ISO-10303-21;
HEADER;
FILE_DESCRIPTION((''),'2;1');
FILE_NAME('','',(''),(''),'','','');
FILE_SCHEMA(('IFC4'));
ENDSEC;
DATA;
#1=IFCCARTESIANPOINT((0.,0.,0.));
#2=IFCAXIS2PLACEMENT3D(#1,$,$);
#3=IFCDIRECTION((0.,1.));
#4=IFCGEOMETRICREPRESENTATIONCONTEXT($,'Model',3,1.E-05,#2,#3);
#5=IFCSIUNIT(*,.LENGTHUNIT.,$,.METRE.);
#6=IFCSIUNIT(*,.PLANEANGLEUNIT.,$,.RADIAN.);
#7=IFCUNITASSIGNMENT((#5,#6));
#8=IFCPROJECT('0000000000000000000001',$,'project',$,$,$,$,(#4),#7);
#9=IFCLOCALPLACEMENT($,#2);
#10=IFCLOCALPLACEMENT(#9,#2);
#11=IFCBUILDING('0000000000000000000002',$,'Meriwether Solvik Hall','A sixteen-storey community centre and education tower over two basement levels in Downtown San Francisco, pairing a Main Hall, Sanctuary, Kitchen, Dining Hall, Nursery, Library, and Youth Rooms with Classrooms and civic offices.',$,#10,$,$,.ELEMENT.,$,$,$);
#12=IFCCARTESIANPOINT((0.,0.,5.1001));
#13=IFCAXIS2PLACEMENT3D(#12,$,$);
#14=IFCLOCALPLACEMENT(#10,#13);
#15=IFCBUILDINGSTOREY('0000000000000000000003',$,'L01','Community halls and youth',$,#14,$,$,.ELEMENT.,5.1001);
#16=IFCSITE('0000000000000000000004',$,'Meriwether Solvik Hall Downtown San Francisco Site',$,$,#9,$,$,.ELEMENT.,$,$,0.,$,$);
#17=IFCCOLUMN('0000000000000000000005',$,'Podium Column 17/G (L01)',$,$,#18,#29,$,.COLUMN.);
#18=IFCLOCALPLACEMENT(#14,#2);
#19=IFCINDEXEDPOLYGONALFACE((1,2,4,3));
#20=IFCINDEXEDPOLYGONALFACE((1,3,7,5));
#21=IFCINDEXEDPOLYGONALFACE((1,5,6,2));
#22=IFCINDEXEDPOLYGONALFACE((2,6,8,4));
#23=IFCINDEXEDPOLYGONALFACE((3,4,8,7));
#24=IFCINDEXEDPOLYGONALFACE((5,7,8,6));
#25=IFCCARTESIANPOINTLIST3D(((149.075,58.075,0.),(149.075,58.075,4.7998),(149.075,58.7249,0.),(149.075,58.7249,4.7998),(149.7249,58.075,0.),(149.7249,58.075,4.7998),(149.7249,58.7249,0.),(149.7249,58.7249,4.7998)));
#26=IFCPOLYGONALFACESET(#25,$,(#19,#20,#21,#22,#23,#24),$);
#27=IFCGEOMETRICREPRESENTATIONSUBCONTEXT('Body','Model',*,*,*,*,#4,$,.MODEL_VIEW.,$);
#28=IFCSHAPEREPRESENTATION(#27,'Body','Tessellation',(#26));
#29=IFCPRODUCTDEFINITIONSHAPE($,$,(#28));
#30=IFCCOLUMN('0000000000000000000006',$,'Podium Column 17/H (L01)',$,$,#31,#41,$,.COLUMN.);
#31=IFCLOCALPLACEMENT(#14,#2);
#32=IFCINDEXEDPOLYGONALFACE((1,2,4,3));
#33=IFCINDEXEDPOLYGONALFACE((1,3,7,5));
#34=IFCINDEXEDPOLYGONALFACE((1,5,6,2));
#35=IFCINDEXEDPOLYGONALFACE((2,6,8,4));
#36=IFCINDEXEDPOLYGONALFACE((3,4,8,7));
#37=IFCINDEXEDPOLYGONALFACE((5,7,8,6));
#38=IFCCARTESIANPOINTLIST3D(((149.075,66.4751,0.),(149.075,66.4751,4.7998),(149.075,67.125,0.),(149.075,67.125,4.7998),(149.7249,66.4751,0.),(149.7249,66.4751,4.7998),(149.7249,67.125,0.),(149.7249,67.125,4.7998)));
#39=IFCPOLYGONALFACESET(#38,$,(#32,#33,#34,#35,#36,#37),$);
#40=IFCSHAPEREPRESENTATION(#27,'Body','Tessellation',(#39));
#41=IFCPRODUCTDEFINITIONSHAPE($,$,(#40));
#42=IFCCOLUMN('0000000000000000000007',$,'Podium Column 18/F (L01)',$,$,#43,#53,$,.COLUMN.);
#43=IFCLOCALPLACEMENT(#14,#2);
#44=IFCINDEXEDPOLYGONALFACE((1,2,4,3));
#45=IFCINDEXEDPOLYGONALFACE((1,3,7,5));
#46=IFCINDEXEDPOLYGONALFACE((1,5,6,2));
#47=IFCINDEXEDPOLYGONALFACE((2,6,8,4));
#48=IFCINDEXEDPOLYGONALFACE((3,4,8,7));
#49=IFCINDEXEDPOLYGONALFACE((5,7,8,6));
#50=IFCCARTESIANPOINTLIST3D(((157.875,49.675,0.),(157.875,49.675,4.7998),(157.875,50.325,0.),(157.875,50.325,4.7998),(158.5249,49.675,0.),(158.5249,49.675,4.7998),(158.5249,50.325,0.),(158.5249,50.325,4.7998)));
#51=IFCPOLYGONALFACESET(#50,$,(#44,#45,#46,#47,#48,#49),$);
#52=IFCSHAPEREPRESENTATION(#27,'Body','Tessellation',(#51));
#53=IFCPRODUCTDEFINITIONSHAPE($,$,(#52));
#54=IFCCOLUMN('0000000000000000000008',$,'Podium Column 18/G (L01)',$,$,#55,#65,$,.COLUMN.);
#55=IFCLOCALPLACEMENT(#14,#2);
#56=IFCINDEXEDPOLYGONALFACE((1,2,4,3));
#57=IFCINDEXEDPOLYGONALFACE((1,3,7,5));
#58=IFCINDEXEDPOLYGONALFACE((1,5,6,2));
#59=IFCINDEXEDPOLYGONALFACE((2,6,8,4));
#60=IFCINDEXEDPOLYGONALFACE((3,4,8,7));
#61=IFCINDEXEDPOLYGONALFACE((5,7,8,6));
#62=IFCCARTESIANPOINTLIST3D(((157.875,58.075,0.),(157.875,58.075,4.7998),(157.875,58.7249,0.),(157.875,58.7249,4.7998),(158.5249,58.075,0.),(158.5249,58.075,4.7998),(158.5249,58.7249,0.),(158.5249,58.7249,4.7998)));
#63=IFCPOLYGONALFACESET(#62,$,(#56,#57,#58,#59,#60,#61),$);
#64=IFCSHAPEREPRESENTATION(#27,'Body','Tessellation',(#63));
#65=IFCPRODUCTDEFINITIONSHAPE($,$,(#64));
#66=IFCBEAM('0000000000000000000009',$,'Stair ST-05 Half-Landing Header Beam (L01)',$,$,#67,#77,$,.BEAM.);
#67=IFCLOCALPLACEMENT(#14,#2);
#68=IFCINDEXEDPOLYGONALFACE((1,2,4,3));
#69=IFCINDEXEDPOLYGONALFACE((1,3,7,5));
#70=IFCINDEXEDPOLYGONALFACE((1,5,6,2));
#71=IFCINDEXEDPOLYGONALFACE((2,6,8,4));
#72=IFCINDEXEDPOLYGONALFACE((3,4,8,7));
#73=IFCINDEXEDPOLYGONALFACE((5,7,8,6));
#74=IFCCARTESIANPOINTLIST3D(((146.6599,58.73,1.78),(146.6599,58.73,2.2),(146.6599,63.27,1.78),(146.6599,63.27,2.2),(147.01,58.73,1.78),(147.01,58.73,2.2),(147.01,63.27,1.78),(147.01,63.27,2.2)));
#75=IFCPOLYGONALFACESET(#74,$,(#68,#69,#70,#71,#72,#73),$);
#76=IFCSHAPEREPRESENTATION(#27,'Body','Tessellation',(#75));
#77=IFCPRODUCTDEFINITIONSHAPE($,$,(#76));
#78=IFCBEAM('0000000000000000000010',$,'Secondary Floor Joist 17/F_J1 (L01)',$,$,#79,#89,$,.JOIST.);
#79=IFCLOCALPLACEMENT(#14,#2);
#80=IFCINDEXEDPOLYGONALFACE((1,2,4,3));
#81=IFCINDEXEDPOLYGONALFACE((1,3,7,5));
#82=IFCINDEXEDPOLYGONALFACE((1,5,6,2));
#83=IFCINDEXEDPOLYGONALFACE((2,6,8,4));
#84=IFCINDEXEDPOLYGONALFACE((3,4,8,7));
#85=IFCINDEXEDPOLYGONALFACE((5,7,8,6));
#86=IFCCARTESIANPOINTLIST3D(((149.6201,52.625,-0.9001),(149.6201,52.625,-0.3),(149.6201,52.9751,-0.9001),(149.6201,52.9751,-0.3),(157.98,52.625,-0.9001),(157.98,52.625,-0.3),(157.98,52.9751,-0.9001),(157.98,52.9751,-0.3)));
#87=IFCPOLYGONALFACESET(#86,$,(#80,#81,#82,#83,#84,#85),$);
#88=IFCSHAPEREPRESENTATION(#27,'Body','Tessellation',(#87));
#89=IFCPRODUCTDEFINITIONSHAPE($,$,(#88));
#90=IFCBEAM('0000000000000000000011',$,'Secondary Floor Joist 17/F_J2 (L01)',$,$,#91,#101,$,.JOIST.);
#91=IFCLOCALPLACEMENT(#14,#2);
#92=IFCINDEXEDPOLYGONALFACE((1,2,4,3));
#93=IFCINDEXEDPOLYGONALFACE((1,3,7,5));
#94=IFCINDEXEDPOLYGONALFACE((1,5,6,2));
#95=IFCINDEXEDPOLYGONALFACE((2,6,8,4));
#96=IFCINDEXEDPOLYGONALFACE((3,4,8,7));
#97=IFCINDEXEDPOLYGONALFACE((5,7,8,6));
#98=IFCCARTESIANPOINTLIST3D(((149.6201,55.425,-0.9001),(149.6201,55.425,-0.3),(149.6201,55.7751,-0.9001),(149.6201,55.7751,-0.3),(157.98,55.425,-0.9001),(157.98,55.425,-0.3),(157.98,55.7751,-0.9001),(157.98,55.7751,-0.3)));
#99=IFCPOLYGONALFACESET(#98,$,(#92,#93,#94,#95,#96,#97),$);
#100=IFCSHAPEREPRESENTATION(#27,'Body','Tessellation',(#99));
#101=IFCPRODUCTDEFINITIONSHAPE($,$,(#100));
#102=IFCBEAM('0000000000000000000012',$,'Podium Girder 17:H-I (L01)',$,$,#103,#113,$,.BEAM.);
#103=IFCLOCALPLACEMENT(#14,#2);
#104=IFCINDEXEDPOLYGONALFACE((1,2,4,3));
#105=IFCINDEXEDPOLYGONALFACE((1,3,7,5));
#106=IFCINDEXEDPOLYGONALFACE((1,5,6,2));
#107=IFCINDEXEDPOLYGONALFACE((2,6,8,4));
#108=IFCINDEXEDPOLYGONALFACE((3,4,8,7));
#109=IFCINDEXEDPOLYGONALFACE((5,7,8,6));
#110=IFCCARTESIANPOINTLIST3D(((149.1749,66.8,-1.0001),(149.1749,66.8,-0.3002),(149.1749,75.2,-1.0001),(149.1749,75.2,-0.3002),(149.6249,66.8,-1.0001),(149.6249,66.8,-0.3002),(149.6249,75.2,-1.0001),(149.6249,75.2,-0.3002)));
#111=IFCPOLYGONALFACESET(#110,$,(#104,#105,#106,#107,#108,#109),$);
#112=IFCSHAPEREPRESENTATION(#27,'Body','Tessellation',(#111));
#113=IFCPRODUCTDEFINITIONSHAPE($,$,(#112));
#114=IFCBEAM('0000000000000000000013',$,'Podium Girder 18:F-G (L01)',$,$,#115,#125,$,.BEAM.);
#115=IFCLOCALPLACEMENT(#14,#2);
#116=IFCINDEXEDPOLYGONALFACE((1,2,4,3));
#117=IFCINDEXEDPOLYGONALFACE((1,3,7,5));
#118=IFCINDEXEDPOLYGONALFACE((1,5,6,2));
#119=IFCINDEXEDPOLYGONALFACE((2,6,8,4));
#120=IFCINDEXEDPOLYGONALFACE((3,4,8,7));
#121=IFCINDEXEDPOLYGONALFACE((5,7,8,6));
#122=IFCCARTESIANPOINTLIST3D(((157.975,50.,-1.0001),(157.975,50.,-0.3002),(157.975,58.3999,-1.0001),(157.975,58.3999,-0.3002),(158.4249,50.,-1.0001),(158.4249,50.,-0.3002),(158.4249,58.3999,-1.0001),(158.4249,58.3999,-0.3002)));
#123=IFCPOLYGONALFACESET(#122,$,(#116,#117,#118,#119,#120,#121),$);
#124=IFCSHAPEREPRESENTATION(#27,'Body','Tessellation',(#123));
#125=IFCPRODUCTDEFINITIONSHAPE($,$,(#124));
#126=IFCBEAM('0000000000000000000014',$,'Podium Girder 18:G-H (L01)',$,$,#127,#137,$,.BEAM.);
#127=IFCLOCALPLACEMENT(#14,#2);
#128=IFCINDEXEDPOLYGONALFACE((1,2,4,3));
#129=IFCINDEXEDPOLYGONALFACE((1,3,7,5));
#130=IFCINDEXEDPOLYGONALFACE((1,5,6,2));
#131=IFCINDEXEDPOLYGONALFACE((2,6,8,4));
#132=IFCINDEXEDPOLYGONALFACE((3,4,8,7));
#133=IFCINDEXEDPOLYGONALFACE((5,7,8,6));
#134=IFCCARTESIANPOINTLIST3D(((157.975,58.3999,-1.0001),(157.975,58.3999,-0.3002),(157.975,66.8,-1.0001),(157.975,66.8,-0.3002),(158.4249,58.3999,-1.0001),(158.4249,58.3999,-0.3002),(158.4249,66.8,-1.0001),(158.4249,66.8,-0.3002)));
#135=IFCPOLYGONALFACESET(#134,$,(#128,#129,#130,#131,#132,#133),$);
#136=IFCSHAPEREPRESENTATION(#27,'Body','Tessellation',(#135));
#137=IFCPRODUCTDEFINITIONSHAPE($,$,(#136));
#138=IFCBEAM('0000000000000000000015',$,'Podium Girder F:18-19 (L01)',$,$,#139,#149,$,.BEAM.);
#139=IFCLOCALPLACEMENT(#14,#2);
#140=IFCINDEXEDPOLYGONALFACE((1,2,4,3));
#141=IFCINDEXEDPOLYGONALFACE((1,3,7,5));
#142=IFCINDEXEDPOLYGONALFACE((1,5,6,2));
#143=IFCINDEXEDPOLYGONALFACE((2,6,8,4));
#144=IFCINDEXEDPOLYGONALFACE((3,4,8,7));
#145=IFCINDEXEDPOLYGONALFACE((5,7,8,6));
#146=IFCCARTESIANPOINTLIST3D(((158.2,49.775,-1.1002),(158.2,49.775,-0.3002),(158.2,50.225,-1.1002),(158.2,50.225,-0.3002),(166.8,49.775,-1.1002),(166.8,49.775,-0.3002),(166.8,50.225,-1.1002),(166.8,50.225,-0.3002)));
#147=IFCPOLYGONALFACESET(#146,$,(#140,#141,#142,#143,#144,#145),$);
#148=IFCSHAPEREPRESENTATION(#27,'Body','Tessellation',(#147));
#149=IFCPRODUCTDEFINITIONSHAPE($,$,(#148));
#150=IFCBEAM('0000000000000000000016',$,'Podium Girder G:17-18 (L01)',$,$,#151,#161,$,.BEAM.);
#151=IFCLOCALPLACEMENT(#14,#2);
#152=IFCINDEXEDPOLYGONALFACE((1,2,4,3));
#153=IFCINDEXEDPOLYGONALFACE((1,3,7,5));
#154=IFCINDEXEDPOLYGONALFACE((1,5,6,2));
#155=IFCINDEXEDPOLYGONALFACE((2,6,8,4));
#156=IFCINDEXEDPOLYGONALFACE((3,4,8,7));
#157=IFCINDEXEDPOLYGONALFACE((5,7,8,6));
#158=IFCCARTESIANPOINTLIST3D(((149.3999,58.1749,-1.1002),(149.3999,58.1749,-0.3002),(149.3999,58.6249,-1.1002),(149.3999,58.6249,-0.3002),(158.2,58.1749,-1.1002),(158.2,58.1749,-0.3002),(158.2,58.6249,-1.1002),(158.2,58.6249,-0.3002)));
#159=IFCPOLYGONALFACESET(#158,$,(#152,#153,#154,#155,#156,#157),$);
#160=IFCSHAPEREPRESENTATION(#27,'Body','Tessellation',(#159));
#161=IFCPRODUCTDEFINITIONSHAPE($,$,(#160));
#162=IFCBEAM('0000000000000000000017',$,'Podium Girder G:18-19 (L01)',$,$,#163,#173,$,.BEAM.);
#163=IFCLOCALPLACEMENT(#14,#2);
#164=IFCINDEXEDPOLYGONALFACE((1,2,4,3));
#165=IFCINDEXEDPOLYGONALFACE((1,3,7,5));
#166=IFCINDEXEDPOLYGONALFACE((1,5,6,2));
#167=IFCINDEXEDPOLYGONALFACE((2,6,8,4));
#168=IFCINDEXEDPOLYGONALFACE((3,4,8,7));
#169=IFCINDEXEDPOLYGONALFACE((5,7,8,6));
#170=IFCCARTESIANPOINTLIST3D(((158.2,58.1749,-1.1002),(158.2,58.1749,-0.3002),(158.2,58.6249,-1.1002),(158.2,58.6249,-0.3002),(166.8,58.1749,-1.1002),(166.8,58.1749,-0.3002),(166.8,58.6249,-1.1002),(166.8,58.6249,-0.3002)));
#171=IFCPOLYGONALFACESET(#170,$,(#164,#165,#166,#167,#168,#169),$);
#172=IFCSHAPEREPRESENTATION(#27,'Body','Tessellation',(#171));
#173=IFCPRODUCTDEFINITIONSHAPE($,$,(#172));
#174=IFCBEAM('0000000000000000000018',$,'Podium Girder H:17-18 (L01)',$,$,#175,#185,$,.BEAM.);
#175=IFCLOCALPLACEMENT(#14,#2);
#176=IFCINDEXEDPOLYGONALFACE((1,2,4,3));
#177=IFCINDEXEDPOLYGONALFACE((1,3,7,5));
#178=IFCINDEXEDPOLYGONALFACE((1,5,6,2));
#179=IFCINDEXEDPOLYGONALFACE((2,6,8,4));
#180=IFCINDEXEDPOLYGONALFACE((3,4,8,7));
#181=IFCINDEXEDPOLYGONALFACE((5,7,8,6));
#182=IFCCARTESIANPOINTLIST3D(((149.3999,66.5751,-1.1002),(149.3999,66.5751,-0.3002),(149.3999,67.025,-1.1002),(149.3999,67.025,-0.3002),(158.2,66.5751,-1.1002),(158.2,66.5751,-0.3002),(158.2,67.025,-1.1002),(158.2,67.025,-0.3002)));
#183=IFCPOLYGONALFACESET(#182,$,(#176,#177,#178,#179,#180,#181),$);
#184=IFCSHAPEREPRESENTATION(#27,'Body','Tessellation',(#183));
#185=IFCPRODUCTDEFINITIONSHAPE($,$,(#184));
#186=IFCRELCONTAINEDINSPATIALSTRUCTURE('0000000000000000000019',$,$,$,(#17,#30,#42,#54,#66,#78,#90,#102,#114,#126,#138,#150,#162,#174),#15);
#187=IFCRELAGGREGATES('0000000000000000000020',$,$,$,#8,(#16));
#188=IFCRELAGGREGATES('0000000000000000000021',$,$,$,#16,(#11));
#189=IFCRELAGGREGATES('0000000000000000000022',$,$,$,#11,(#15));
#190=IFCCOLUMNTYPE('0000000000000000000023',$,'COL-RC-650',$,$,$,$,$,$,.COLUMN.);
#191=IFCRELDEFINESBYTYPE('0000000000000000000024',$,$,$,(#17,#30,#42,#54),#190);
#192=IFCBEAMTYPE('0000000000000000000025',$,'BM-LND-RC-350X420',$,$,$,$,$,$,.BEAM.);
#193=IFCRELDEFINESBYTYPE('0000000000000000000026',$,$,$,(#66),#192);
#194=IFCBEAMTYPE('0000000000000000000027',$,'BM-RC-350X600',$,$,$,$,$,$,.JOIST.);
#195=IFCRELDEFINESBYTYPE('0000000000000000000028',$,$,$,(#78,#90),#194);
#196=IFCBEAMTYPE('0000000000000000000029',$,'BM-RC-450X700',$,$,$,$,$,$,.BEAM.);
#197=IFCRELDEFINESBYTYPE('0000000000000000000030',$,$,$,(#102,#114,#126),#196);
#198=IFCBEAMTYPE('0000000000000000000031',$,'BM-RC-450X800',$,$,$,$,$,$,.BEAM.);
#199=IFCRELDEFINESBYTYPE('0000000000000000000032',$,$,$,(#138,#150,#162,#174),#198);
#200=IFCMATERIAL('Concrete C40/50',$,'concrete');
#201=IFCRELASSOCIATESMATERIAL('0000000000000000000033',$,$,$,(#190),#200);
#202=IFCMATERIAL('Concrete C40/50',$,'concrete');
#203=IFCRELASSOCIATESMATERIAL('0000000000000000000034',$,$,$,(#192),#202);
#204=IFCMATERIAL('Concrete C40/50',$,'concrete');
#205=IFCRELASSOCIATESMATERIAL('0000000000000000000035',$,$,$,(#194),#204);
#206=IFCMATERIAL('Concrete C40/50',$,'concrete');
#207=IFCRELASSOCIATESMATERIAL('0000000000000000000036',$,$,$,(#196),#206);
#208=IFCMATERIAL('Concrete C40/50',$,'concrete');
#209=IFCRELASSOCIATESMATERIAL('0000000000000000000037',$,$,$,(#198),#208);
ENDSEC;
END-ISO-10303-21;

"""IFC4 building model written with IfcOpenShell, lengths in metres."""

from ifc_helpers import new_model, si_unit, direction, frame, origin, origin_2d, place, context, subcontext, project, spatial, rectangle, extrude, material, material_profile, profile_set, type_object, element, save


model = new_model("IFC4")

# Units and contexts
model_context = context("Model", 3, precision=1e-05, world=origin(), true_north=direction((0.0, 1.0)))
body_context = subcontext(model_context, "Body", "Model", "MODEL_VIEW")
ifc_project = project(units=[si_unit("LENGTHUNIT", "METRE"), si_unit("PLANEANGLEUNIT", "RADIAN")], contexts=[model_context])

# Site, building, storey
site_placement = place(None, origin())
site = spatial("IfcSite", under=ifc_project, at=site_placement, Name="Meriwether Solvik Hall Downtown San Francisco Site", CompositionType="ELEMENT", RefElevation=0.0)
building_placement = place(site_placement, origin())
building = spatial("IfcBuilding", under=site, at=building_placement, Name="Meriwether Solvik Hall", Description="A sixteen-storey community centre and education tower over two basement levels in Downtown San Francisco, pairing a Main Hall, Sanctuary, Kitchen, Dining Hall, Nursery, Library, and Youth Rooms with Classrooms and civic offices.", CompositionType="ELEMENT")
storey_placement = place(building_placement, frame((0.0, 0.0, 5.1001)))
storey = spatial("IfcBuildingStorey", under=building, at=storey_placement, Name="L01", Description="Community halls and youth", CompositionType="ELEMENT", Elevation=5.1001)

# Columns
ifc_material_1 = material(Name="Concrete C40/50", Category="concrete")
ifc_material_profile_1 = material_profile(ifc_material_1, rectangle(XDim=0.6499, YDim=0.6499, at=origin_2d()), Name="RCC-650X650")
ifc_profile_set_1 = profile_set([ifc_material_profile_1], Name="Concrete C40/50")
column_type = type_object("IfcColumnType", Name="COL-RC-650", PredefinedType="COLUMN", material=ifc_profile_set_1)
for number, where, z_axis, x_axis, name in (
    (1, (149.3999, 58.3999, 0.0), (0.0, 0.0, 1.0), (1.0, 0.0, 0.0), "Podium Column 17/G (L01)"),
    (2, (149.3999, 66.8, 0.0), (0.0, 0.0, 1.0), (1.0, 0.0, 0.0), "Podium Column 17/H (L01)"),
    (3, (158.2, 50.0, 0.0), (0.0, 0.0, 1.0), (1.0, 0.0, 0.0), "Podium Column 18/F (L01)"),
    (4, (158.2, 58.3999, 0.0), (0.0, 0.0, 1.0), (1.0, 0.0, 0.0), "Podium Column 18/G (L01)"),
):
    element("IfcColumn", number, at=place(storey_placement, frame(where, z_axis=z_axis, x_axis=x_axis)), inside=storey, type_object=column_type, Name=name, PredefinedType="COLUMN", context=body_context, shape_type="SweptSolid", body=[
        extrude(rectangle(XDim=0.6499, YDim=0.6499, at=origin_2d()), origin(), (0.0, 0.0, 1.0), 4.7998),
    ])

# Beams
ifc_material_2 = material(Name="Concrete C40/50", Category="concrete")
ifc_material_profile_2 = material_profile(ifc_material_2, rectangle(XDim=0.3501, YDim=0.4199, at=origin_2d()), Name="RCB-350X420")
ifc_profile_set_2 = profile_set([ifc_material_profile_2], Name="Concrete C40/50")
beam_type_1 = type_object("IfcBeamType", Name="BM-LND-RC-350X420", PredefinedType="BEAM", material=ifc_profile_set_2)
beam_1_placement = place(storey_placement, frame((146.835, 58.73, 1.99), z_axis=(0.0, 1.0, 0.0), x_axis=(-1.0, 0.0, 0.0)))
element("IfcBeam", 5, at=beam_1_placement, inside=storey, type_object=beam_type_1, Name="Stair ST-05 Half-Landing Header Beam (L01)", PredefinedType="BEAM", context=body_context, shape_type="SweptSolid", body=[
    extrude(rectangle(XDim=0.3501, YDim=0.4199, at=origin_2d()), origin(), (0.0, 0.0, 1.0), 4.54),
])
ifc_material_3 = material(Name="Concrete C40/50", Category="concrete")
ifc_material_profile_3 = material_profile(ifc_material_3, rectangle(XDim=0.3501, YDim=0.6001, at=origin_2d()), Name="RCB-350X600")
ifc_profile_set_3 = profile_set([ifc_material_profile_3], Name="Concrete C40/50")
beam_type_2 = type_object("IfcBeamType", Name="BM-RC-350X600", PredefinedType="JOIST", material=ifc_profile_set_3)
for number, where, z_axis, x_axis, name in (
    (6, (149.6201, 52.8, -0.6001), (1.0, 0.0, 0.0), (0.0, 1.0, 0.0), "Secondary Floor Joist 17/F_J1 (L01)"),
    (7, (149.6201, 55.6001, -0.6001), (1.0, 0.0, 0.0), (0.0, 1.0, 0.0), "Secondary Floor Joist 17/F_J2 (L01)"),
):
    element("IfcBeam", number, at=place(storey_placement, frame(where, z_axis=z_axis, x_axis=x_axis)), inside=storey, type_object=beam_type_2, Name=name, PredefinedType="JOIST", context=body_context, shape_type="SweptSolid", body=[
        extrude(rectangle(XDim=0.3501, YDim=0.6001, at=origin_2d()), origin(), (0.0, 0.0, 1.0), 8.3599),
    ])
ifc_material_4 = material(Name="Concrete C40/50", Category="concrete")
ifc_material_profile_4 = material_profile(ifc_material_4, rectangle(XDim=0.45, YDim=0.7, at=origin_2d()), Name="RCB-450X700")
ifc_profile_set_4 = profile_set([ifc_material_profile_4], Name="Concrete C40/50")
beam_type_3 = type_object("IfcBeamType", Name="BM-RC-450X700", PredefinedType="BEAM", material=ifc_profile_set_4)
for number, where, z_axis, x_axis, name in (
    (8, (149.3999, 66.8, -0.6501), (0.0, 1.0, 0.0), (-1.0, 0.0, 0.0), "Podium Girder 17:H-I (L01)"),
    (9, (158.2, 50.0, -0.6501), (0.0, 1.0, 0.0), (-1.0, 0.0, 0.0), "Podium Girder 18:F-G (L01)"),
):
    element("IfcBeam", number, at=place(storey_placement, frame(where, z_axis=z_axis, x_axis=x_axis)), inside=storey, type_object=beam_type_3, Name=name, PredefinedType="BEAM", context=body_context, shape_type="SweptSolid", body=[
        extrude(rectangle(XDim=0.45, YDim=0.7, at=origin_2d()), origin(), (0.0, 0.0, 1.0), 8.3999),
    ])
beam_2_placement = place(storey_placement, frame((158.2, 58.3999, -0.6501), z_axis=(0.0, 1.0, 0.0), x_axis=(-1.0, 0.0, 0.0)))
element("IfcBeam", 10, at=beam_2_placement, inside=storey, type_object=beam_type_3, Name="Podium Girder 18:G-H (L01)", PredefinedType="BEAM", context=body_context, shape_type="SweptSolid", body=[
    extrude(rectangle(XDim=0.45, YDim=0.7, at=origin_2d()), origin(), (0.0, 0.0, 1.0), 8.4001),
])
ifc_material_5 = material(Name="Concrete C40/50", Category="concrete")
ifc_material_profile_5 = material_profile(ifc_material_5, rectangle(XDim=0.45, YDim=0.8, at=origin_2d()), Name="RCB-450X800")
ifc_profile_set_5 = profile_set([ifc_material_profile_5], Name="Concrete C40/50")
beam_type_4 = type_object("IfcBeamType", Name="BM-RC-450X800", PredefinedType="BEAM", material=ifc_profile_set_5)
beam_3_placement = place(storey_placement, frame((158.2, 50.0, -0.7002), z_axis=(1.0, 0.0, 0.0), x_axis=(0.0, 1.0, 0.0)))
element("IfcBeam", 11, at=beam_3_placement, inside=storey, type_object=beam_type_4, Name="Podium Girder F:18-19 (L01)", PredefinedType="BEAM", context=body_context, shape_type="SweptSolid", body=[
    extrude(rectangle(XDim=0.45, YDim=0.8, at=origin_2d()), origin(), (0.0, 0.0, 1.0), 8.6001),
])
beam_4_placement = place(storey_placement, frame((149.3999, 58.3999, -0.7002), z_axis=(1.0, 0.0, 0.0), x_axis=(0.0, 1.0, 0.0)))
element("IfcBeam", 12, at=beam_4_placement, inside=storey, type_object=beam_type_4, Name="Podium Girder G:17-18 (L01)", PredefinedType="BEAM", context=body_context, shape_type="SweptSolid", body=[
    extrude(rectangle(XDim=0.45, YDim=0.8, at=origin_2d()), origin(), (0.0, 0.0, 1.0), 8.8),
])
beam_5_placement = place(storey_placement, frame((158.2, 58.3999, -0.7002), z_axis=(1.0, 0.0, 0.0), x_axis=(0.0, 1.0, 0.0)))
element("IfcBeam", 13, at=beam_5_placement, inside=storey, type_object=beam_type_4, Name="Podium Girder G:18-19 (L01)", PredefinedType="BEAM", context=body_context, shape_type="SweptSolid", body=[
    extrude(rectangle(XDim=0.45, YDim=0.8, at=origin_2d()), origin(), (0.0, 0.0, 1.0), 8.6001),
])
beam_6_placement = place(storey_placement, frame((149.3999, 66.8, -0.7002), z_axis=(1.0, 0.0, 0.0), x_axis=(0.0, 1.0, 0.0)))
element("IfcBeam", 14, at=beam_6_placement, inside=storey, type_object=beam_type_4, Name="Podium Girder H:17-18 (L01)", PredefinedType="BEAM", context=body_context, shape_type="SweptSolid", body=[
    extrude(rectangle(XDim=0.45, YDim=0.8, at=origin_2d()), origin(), (0.0, 0.0, 1.0), 8.8),
])

save(model, "model.ifc")
